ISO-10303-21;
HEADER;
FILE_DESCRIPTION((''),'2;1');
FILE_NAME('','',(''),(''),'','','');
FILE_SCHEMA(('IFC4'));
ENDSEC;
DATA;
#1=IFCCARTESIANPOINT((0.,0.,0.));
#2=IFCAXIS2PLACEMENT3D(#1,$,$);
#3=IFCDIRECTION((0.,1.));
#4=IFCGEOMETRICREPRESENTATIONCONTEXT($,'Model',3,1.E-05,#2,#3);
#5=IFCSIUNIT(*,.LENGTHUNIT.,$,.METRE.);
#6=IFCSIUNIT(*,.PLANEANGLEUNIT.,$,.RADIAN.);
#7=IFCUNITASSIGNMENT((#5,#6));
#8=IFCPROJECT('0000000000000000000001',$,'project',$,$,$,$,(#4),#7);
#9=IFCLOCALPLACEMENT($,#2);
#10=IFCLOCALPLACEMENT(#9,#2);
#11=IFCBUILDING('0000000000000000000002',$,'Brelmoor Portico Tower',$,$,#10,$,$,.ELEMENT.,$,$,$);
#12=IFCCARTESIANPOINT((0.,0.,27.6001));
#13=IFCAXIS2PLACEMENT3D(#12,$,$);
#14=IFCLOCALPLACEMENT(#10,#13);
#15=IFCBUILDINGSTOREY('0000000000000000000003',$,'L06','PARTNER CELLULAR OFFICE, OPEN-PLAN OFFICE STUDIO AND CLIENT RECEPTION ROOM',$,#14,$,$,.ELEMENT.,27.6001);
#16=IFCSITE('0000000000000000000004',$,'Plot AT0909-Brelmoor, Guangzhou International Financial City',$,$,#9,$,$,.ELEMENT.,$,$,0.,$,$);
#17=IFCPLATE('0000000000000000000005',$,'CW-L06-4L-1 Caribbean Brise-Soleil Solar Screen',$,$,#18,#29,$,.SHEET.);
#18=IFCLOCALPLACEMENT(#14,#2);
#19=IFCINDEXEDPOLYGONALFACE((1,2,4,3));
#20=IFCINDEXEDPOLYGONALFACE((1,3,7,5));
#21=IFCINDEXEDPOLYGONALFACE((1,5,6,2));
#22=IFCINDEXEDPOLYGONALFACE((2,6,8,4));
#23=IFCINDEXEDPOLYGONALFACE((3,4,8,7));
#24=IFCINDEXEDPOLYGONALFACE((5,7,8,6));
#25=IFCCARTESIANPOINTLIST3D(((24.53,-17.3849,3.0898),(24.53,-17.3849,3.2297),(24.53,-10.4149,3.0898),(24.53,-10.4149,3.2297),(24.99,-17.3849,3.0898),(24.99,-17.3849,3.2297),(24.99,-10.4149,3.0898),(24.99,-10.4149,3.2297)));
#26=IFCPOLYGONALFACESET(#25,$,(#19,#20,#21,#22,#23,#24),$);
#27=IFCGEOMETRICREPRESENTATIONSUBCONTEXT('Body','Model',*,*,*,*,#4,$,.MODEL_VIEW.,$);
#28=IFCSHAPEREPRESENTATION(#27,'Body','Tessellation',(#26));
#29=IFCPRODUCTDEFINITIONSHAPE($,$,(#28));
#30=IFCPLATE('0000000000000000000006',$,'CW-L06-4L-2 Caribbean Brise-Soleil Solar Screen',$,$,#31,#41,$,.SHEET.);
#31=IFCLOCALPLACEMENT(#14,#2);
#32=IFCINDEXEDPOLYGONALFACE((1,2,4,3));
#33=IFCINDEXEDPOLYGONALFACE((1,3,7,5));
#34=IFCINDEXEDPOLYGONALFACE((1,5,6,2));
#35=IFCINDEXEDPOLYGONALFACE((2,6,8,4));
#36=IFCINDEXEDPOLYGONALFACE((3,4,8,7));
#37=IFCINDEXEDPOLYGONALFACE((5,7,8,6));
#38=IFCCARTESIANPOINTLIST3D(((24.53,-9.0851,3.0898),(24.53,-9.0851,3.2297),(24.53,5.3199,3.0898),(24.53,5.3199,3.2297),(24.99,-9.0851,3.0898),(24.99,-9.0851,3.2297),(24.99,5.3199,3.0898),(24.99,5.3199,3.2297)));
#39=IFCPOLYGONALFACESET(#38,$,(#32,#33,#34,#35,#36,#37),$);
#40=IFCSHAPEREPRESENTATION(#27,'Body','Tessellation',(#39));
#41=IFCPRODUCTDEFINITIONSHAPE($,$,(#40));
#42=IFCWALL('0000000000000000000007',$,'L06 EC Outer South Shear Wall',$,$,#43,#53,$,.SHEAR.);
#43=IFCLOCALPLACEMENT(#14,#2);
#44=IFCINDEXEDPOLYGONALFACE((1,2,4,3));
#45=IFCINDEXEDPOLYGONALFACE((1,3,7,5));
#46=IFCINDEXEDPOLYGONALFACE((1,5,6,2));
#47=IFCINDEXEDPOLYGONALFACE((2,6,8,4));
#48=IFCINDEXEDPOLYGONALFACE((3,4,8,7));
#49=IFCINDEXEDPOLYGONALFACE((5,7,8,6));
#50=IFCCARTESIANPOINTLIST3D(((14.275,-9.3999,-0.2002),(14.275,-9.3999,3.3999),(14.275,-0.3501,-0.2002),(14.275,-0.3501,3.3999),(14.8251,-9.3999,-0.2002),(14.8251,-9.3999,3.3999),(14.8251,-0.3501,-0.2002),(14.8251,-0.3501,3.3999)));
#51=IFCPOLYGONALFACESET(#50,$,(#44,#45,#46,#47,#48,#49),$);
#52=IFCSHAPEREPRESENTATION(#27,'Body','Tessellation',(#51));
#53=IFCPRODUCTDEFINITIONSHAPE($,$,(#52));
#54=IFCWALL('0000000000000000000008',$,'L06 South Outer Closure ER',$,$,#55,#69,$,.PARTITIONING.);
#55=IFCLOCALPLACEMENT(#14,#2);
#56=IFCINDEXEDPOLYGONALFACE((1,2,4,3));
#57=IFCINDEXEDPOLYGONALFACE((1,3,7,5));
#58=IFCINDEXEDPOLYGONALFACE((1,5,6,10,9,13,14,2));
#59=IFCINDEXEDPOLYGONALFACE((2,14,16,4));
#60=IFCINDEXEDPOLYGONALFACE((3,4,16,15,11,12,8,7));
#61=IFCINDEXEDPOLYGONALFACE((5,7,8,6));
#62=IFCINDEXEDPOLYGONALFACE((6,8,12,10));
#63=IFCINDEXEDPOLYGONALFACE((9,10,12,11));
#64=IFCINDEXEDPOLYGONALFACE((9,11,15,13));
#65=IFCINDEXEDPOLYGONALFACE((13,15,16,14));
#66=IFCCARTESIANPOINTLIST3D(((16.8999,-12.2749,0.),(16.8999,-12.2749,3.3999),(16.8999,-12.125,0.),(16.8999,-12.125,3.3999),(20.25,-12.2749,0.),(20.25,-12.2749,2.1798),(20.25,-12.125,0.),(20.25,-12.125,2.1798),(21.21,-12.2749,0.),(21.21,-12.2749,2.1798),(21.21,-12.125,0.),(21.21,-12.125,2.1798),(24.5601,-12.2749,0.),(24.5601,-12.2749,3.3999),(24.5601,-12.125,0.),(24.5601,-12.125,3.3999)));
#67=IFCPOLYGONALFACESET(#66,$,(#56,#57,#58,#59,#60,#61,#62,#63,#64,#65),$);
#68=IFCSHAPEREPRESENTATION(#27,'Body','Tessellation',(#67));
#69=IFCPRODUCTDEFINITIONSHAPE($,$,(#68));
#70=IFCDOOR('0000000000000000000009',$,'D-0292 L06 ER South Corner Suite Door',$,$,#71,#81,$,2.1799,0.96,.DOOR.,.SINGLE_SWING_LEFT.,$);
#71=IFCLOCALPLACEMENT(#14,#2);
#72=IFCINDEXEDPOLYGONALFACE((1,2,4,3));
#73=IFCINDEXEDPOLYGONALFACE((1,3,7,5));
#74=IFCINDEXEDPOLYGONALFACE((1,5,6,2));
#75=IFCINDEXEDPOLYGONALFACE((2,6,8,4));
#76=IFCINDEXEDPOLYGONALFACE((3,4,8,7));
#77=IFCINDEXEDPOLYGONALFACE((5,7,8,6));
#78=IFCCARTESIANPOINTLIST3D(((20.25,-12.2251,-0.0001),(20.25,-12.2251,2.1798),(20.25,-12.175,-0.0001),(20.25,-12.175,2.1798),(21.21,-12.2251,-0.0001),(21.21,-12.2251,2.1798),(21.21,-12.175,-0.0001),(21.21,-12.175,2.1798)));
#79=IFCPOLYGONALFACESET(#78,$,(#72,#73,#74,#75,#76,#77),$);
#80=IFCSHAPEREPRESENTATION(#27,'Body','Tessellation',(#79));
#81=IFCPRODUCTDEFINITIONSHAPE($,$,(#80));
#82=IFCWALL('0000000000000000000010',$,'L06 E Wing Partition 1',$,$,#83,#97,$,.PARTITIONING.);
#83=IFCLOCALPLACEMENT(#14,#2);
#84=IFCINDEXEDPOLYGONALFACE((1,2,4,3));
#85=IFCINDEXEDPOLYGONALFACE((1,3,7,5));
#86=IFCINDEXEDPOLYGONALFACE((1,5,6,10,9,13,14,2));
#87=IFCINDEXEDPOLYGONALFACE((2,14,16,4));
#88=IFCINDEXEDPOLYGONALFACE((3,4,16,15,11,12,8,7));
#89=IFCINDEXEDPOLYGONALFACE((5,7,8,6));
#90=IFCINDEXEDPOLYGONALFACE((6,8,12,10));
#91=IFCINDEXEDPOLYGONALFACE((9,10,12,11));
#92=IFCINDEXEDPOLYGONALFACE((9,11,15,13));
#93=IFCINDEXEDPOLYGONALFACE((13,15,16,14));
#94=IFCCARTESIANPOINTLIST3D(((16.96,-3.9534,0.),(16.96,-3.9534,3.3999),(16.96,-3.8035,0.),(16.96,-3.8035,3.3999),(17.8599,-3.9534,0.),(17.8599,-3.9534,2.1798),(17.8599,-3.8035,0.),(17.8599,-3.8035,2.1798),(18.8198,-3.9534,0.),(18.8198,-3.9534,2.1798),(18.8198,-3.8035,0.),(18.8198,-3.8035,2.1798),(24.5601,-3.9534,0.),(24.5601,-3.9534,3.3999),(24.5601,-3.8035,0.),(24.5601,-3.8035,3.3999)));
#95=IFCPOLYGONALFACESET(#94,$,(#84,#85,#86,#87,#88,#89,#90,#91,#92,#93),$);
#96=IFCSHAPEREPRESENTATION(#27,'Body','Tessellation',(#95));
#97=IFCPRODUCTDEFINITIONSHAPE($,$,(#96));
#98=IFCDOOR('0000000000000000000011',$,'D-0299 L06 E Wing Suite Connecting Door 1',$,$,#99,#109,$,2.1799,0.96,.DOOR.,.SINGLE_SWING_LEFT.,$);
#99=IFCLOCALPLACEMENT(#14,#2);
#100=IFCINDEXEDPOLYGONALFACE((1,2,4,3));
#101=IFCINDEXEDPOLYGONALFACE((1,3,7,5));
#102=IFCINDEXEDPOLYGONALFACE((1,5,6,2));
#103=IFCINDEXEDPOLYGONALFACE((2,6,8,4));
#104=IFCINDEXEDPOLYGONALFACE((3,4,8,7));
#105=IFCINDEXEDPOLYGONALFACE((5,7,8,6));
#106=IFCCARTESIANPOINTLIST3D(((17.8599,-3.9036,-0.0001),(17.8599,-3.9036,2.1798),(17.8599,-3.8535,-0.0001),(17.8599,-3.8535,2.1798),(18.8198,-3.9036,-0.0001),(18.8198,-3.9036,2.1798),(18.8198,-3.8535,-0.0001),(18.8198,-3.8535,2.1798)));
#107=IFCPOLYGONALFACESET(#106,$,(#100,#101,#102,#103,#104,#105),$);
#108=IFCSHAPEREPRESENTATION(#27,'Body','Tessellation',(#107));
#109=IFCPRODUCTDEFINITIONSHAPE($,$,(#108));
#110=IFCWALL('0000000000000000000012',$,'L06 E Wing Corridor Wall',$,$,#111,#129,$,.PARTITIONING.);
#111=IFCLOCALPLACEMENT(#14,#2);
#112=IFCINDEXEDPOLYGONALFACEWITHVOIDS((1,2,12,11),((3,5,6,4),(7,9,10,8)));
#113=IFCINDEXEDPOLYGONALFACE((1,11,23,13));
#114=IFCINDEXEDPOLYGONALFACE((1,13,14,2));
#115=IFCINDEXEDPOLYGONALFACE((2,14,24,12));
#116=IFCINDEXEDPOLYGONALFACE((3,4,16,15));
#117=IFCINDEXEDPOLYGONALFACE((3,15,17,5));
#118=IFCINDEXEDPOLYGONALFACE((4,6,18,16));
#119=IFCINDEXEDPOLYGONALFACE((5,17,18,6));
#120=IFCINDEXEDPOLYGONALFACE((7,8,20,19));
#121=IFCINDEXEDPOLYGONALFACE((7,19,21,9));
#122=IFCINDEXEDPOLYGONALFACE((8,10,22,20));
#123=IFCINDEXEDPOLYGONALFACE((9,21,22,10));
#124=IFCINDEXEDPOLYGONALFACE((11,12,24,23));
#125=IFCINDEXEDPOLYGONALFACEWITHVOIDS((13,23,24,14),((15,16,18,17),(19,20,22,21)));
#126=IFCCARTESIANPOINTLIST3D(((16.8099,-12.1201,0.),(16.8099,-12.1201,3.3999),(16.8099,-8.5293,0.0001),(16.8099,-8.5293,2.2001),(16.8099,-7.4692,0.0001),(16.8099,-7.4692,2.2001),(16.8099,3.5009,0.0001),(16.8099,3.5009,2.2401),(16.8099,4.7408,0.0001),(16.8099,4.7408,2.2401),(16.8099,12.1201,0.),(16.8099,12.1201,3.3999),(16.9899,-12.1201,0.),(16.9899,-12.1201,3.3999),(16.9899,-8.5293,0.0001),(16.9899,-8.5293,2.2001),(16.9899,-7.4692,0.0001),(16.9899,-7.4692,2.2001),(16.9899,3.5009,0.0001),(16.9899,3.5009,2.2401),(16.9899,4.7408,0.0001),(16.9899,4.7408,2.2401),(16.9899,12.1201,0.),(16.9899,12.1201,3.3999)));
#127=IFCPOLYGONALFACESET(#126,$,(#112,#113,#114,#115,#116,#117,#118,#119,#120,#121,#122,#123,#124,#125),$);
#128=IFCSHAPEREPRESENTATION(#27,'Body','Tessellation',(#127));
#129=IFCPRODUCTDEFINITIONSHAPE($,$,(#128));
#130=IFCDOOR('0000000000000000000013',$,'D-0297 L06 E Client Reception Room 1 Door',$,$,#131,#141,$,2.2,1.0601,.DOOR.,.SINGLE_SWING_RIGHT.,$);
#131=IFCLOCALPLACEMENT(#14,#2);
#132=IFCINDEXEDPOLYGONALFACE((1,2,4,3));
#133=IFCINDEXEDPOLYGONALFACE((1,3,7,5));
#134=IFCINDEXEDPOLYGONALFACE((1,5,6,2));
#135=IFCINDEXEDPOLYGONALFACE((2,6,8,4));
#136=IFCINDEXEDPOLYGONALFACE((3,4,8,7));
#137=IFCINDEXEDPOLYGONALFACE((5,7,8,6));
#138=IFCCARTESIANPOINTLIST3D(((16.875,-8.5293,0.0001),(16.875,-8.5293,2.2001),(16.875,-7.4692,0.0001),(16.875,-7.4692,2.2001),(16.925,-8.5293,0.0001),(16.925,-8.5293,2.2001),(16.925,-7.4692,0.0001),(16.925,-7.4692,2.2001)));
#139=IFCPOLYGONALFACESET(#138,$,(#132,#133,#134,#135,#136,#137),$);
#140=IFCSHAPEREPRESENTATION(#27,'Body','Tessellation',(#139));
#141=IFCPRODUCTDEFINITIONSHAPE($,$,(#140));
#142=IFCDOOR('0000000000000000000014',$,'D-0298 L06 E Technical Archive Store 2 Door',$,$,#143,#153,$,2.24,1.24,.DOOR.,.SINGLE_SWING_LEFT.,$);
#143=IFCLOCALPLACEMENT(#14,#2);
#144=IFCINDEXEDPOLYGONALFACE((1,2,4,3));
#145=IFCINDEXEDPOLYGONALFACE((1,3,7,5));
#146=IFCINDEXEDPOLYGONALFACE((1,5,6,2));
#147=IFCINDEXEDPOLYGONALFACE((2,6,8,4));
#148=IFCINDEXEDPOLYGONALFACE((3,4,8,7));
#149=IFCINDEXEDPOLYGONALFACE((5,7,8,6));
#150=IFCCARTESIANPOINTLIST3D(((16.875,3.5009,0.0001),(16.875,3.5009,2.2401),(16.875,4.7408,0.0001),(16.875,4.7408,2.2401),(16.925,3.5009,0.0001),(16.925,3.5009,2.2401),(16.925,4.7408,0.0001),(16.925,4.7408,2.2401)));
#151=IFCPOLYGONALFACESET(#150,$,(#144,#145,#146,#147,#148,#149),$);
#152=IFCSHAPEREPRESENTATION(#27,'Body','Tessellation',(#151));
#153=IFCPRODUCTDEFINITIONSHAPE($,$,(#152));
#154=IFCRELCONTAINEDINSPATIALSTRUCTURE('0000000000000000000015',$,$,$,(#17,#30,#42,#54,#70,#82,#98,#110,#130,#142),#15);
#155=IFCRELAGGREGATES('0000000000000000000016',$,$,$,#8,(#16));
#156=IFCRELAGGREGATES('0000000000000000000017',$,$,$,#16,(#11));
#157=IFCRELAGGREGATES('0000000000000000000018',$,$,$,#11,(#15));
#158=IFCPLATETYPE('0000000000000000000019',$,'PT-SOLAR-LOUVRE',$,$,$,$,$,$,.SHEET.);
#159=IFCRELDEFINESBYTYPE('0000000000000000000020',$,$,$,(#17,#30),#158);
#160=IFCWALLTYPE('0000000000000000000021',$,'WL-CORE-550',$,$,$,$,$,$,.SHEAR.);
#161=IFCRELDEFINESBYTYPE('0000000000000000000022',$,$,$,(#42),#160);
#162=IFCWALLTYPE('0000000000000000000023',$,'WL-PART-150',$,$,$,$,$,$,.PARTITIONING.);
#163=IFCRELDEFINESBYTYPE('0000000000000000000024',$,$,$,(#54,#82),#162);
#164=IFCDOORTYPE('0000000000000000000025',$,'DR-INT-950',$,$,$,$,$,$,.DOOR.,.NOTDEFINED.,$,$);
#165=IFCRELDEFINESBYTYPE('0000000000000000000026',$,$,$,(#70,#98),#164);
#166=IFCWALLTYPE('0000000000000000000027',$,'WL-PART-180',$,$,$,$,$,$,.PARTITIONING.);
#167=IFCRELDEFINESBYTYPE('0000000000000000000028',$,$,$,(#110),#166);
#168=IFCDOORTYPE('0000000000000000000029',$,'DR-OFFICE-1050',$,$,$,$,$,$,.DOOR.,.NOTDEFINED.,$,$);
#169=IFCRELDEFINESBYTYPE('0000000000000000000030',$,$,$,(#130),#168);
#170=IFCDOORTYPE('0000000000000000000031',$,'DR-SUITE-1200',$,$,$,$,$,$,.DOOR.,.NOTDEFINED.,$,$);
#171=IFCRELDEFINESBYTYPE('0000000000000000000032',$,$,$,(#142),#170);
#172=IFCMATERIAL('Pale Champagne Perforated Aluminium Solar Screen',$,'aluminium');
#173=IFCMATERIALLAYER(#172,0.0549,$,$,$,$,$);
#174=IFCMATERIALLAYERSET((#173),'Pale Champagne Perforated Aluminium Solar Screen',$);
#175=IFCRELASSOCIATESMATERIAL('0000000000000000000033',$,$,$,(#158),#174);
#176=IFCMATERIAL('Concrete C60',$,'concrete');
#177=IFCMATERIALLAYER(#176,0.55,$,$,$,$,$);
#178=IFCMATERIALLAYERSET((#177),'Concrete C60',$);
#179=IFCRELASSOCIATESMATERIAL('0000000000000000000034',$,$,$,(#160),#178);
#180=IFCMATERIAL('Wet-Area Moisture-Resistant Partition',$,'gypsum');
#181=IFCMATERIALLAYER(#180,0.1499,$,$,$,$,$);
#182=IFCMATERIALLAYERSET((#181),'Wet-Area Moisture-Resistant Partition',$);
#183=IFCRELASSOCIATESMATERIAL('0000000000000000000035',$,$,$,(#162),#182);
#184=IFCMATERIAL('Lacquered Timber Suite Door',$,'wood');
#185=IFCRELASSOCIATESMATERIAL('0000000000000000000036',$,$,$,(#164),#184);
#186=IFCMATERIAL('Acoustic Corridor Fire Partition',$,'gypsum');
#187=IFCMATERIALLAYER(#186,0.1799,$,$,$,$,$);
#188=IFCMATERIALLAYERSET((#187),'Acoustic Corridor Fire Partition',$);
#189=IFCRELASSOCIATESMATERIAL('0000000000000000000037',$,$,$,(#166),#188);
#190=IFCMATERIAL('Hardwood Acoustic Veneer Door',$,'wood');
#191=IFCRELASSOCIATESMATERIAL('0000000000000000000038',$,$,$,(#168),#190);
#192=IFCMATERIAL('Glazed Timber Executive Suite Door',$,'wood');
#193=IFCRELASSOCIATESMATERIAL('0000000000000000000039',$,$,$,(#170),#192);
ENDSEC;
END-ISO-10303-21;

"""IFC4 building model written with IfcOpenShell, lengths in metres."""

from ifc_helpers import new_model, si_unit, direction, frame, frame_2d, origin, origin_2d, place, context, subcontext, project, spatial, rectangle, extrude, material, layer, layer_set, type_object, element, fill, save


model = new_model("IFC4")

# Units and contexts
model_context = context("Model", 3, precision=1e-05, world=origin(), true_north=direction((0.0, 1.0)))
body_context = subcontext(model_context, "Body", "Model", "MODEL_VIEW")
ifc_project = project(units=[si_unit("LENGTHUNIT", "METRE"), si_unit("PLANEANGLEUNIT", "RADIAN")], contexts=[model_context])

# Site, building, storey
site_placement = place(None, origin())
site = spatial("IfcSite", under=ifc_project, at=site_placement, Name="Plot AT0909-Brelmoor, Guangzhou International Financial City", CompositionType="ELEMENT", RefElevation=0.0)
building_placement = place(site_placement, origin())
building = spatial("IfcBuilding", under=site, at=building_placement, Name="Brelmoor Portico Tower", CompositionType="ELEMENT")
storey_placement = place(building_placement, frame((0.0, 0.0, 27.6001)))
storey = spatial("IfcBuildingStorey", under=building, at=storey_placement, Name="L06", Description="PARTNER CELLULAR OFFICE, OPEN-PLAN OFFICE STUDIO AND CLIENT RECEPTION ROOM", CompositionType="ELEMENT", Elevation=27.6001)

# Plates
ifc_material_1 = material(Name="Pale Champagne Perforated Aluminium Solar Screen", Category="aluminium")
ifc_layer_1 = layer(ifc_material_1, 0.0549)
ifc_layer_set_1 = layer_set([ifc_layer_1], Name="Pale Champagne Perforated Aluminium Solar Screen")
plate_type_1 = type_object("IfcPlateType", Name="PT-SOLAR-LOUVRE", PredefinedType="SHEET", material=ifc_layer_set_1)
plate_1_placement = place(storey_placement, frame((24.76, -13.8999, 3.0898), z_axis=(0.0, 0.0, 1.0), x_axis=(0.0, 1.0, 0.0)))
element("IfcPlate", 1, at=plate_1_placement, inside=storey, type_object=plate_type_1, Name="CW-L06-4L-1 Caribbean Brise-Soleil Solar Screen", PredefinedType="SHEET", context=body_context, shape_type="SweptSolid", body=[
    extrude(rectangle(XDim=6.97, YDim=0.46, at=origin_2d()), origin(), (0.0, 0.0, 1.0), 0.1399),
])
plate_2_placement = place(storey_placement, frame((24.76, -1.8826, 3.0898), z_axis=(0.0, 0.0, 1.0), x_axis=(0.0, 1.0, 0.0)))
element("IfcPlate", 2, at=plate_2_placement, inside=storey, type_object=plate_type_1, Name="CW-L06-4L-2 Caribbean Brise-Soleil Solar Screen", PredefinedType="SHEET", context=body_context, shape_type="SweptSolid", body=[
    extrude(rectangle(XDim=14.405, YDim=0.46, at=origin_2d()), origin(), (0.0, 0.0, 1.0), 0.1399),
])

# Wall
ifc_material_2 = material(Name="Concrete C60", Category="concrete")
ifc_layer_2 = layer(ifc_material_2, 0.55)
ifc_layer_set_2 = layer_set([ifc_layer_2], Name="Concrete C60")
wall_type_1 = type_object("IfcWallType", Name="WL-CORE-550", PredefinedType="SHEAR", material=ifc_layer_set_2)
wall_1_placement = place(storey_placement, frame((14.55, -9.3999, -0.2002), z_axis=(0.0, 0.0, 1.0), x_axis=(0.0, 1.0, 0.0)))
element("IfcWall", 3, at=wall_1_placement, inside=storey, type_object=wall_type_1, Name="L06 EC Outer South Shear Wall", PredefinedType="SHEAR", context=body_context, shape_type="SweptSolid", body=[
    extrude(rectangle(XDim=9.0498, YDim=0.55, at=frame_2d((4.5249, 0.0))), origin(), (0.0, 0.0, 1.0), 3.6001),
])

# Walls, openings, doors
ifc_material_3 = material(Name="Wet-Area Moisture-Resistant Partition", Category="gypsum")
ifc_layer_3 = layer(ifc_material_3, 0.1499)
ifc_layer_set_3 = layer_set([ifc_layer_3], Name="Wet-Area Moisture-Resistant Partition")
wall_type_2 = type_object("IfcWallType", Name="WL-PART-150", PredefinedType="PARTITIONING", material=ifc_layer_set_3)
wall_2_placement = place(storey_placement, frame((16.8999, -12.2, 0.0), z_axis=(0.0, 0.0, 1.0), x_axis=(1.0, 0.0, 0.0)))
wall_2 = element("IfcWall", 4, at=wall_2_placement, inside=storey, type_object=wall_type_2, Name="L06 South Outer Closure ER", PredefinedType="PARTITIONING", context=body_context, shape_type="SweptSolid", body=[
    extrude(rectangle(XDim=7.6602, YDim=0.1499, at=frame_2d((3.8301, 0.0))), origin(), (0.0, 0.0, 1.0), 3.3999),
])
opening_1_placement = place(wall_2_placement, frame((3.3501, 0.0, 0.0)))
opening_1 = element("IfcOpeningElement", 5, at=opening_1_placement, cuts=wall_2, PredefinedType="OPENING", context=body_context, shape_type="SweptSolid", body=[
    extrude(rectangle(XDim=0.96, YDim=2.1799, at=frame_2d((0.48, 1.0898))), frame((0.0, 0.085, 0.0), z_axis=(0.0, -1.0, 0.0), x_axis=(1.0, 0.0, 0.0)), (0.0, 0.0, 1.0), 0.1699),
])
ifc_material_4 = material(Name="Lacquered Timber Suite Door", Category="wood")
door_type_1 = type_object("IfcDoorType", Name="DR-INT-950", OperationType="NOTDEFINED", PredefinedType="DOOR", material=ifc_material_4)
door_1_placement = place(opening_1_placement, origin())
door_1 = element("IfcDoor", 6, at=door_1_placement, inside=storey, type_object=door_type_1, Name="D-0292 L06 ER South Corner Suite Door", OperationType="SINGLE_SWING_LEFT", OverallHeight=2.1799, OverallWidth=0.96, PredefinedType="DOOR", context=body_context, shape_type="SweptSolid", body=[
    extrude(rectangle(XDim=0.96, YDim=2.1799, at=frame_2d((0.48, 1.0898))), frame((0.0, 0.0249, 0.0), z_axis=(0.0, -1.0, 0.0), x_axis=(1.0, 0.0, 0.0)), (0.0, 0.0, 1.0), 0.05),
])
fill(opening_1, door_1)
wall_3_placement = place(storey_placement, frame((16.96, -3.8784, 0.0), z_axis=(0.0, 0.0, 1.0), x_axis=(1.0, 0.0, 0.0)))
wall_3 = element("IfcWall", 7, at=wall_3_placement, inside=storey, type_object=wall_type_2, Name="L06 E Wing Partition 1", PredefinedType="PARTITIONING", context=body_context, shape_type="SweptSolid", body=[
    extrude(rectangle(XDim=7.6001, YDim=0.1499, at=frame_2d((3.8, 0.0))), origin(), (0.0, 0.0, 1.0), 3.3999),
])
opening_2_placement = place(wall_3_placement, frame((0.8999, 0.0, 0.0)))
opening_2 = element("IfcOpeningElement", 8, at=opening_2_placement, cuts=wall_3, PredefinedType="OPENING", context=body_context, shape_type="SweptSolid", body=[
    extrude(rectangle(XDim=0.96, YDim=2.1799, at=frame_2d((0.48, 1.0898))), frame((0.0, 0.085, 0.0), z_axis=(0.0, -1.0, 0.0), x_axis=(1.0, 0.0, 0.0)), (0.0, 0.0, 1.0), 0.1699),
])
door_2_placement = place(opening_2_placement, origin())
door_2 = element("IfcDoor", 9, at=door_2_placement, inside=storey, type_object=door_type_1, Name="D-0299 L06 E Wing Suite Connecting Door 1", OperationType="SINGLE_SWING_LEFT", OverallHeight=2.1799, OverallWidth=0.96, PredefinedType="DOOR", context=body_context, shape_type="SweptSolid", body=[
    extrude(rectangle(XDim=0.96, YDim=2.1799, at=frame_2d((0.48, 1.0898))), frame((0.0, 0.0249, 0.0), z_axis=(0.0, -1.0, 0.0), x_axis=(1.0, 0.0, 0.0)), (0.0, 0.0, 1.0), 0.05),
])
fill(opening_2, door_2)

# Wall, openings, doors
ifc_material_5 = material(Name="Acoustic Corridor Fire Partition", Category="gypsum")
ifc_layer_4 = layer(ifc_material_5, 0.1799)
ifc_layer_set_4 = layer_set([ifc_layer_4], Name="Acoustic Corridor Fire Partition")
wall_type_3 = type_object("IfcWallType", Name="WL-PART-180", PredefinedType="PARTITIONING", material=ifc_layer_set_4)
wall_4_placement = place(storey_placement, frame((16.8999, -12.1201, 0.0), z_axis=(0.0, 0.0, 1.0), x_axis=(0.0, 1.0, 0.0)))
wall_4 = element("IfcWall", 10, at=wall_4_placement, inside=storey, type_object=wall_type_3, Name="L06 E Wing Corridor Wall", PredefinedType="PARTITIONING", context=body_context, shape_type="SweptSolid", body=[
    extrude(rectangle(XDim=24.2402, YDim=0.1799, at=frame_2d((12.1201, 0.0))), origin(), (0.0, 0.0, 1.0), 3.3999),
])
opening_3_placement = place(wall_4_placement, frame((3.5908, 0.0, 0.0)))
opening_3 = element("IfcOpeningElement", 11, at=opening_3_placement, cuts=wall_4, PredefinedType="OPENING", context=body_context, shape_type="SweptSolid", body=[
    extrude(rectangle(XDim=1.0601, YDim=2.2, at=frame_2d((0.53, 1.1001))), frame((0.0, 0.0999, 0.0), z_axis=(0.0, -1.0, 0.0), x_axis=(1.0, 0.0, 0.0)), (0.0, 0.0, 1.0), 0.2),
])
opening_4_placement = place(wall_4_placement, frame((15.6208, 0.0, 0.0)))
opening_4 = element("IfcOpeningElement", 12, at=opening_4_placement, cuts=wall_4, PredefinedType="OPENING", context=body_context, shape_type="SweptSolid", body=[
    extrude(rectangle(XDim=1.24, YDim=2.24, at=frame_2d((0.6201, 1.1201))), frame((0.0, 0.0999, 0.0), z_axis=(0.0, -1.0, 0.0), x_axis=(1.0, 0.0, 0.0)), (0.0, 0.0, 1.0), 0.2),
])
ifc_material_6 = material(Name="Hardwood Acoustic Veneer Door", Category="wood")
door_type_2 = type_object("IfcDoorType", Name="DR-OFFICE-1050", OperationType="NOTDEFINED", PredefinedType="DOOR", material=ifc_material_6)
door_3_placement = place(opening_3_placement, origin())
door_3 = element("IfcDoor", 13, at=door_3_placement, inside=storey, type_object=door_type_2, Name="D-0297 L06 E Client Reception Room 1 Door", OperationType="SINGLE_SWING_RIGHT", OverallHeight=2.2, OverallWidth=1.0601, PredefinedType="DOOR", context=body_context, shape_type="SweptSolid", body=[
    extrude(rectangle(XDim=1.0601, YDim=2.2, at=frame_2d((0.53, 1.1001))), frame((0.0, 0.0249, 0.0), z_axis=(0.0, -1.0, 0.0), x_axis=(1.0, 0.0, 0.0)), (0.0, 0.0, 1.0), 0.05),
])
fill(opening_3, door_3)
ifc_material_7 = material(Name="Glazed Timber Executive Suite Door", Category="wood")
door_type_3 = type_object("IfcDoorType", Name="DR-SUITE-1200", OperationType="NOTDEFINED", PredefinedType="DOOR", material=ifc_material_7)
door_4_placement = place(opening_4_placement, origin())
door_4 = element("IfcDoor", 14, at=door_4_placement, inside=storey, type_object=door_type_3, Name="D-0298 L06 E Technical Archive Store 2 Door", OperationType="SINGLE_SWING_LEFT", OverallHeight=2.24, OverallWidth=1.24, PredefinedType="DOOR", context=body_context, shape_type="SweptSolid", body=[
    extrude(rectangle(XDim=1.24, YDim=2.24, at=frame_2d((0.6201, 1.1201))), frame((0.0, 0.0249, 0.0), z_axis=(0.0, -1.0, 0.0), x_axis=(1.0, 0.0, 0.0)), (0.0, 0.0, 1.0), 0.05),
])
fill(opening_4, door_4)

save(model, "model.ifc")
